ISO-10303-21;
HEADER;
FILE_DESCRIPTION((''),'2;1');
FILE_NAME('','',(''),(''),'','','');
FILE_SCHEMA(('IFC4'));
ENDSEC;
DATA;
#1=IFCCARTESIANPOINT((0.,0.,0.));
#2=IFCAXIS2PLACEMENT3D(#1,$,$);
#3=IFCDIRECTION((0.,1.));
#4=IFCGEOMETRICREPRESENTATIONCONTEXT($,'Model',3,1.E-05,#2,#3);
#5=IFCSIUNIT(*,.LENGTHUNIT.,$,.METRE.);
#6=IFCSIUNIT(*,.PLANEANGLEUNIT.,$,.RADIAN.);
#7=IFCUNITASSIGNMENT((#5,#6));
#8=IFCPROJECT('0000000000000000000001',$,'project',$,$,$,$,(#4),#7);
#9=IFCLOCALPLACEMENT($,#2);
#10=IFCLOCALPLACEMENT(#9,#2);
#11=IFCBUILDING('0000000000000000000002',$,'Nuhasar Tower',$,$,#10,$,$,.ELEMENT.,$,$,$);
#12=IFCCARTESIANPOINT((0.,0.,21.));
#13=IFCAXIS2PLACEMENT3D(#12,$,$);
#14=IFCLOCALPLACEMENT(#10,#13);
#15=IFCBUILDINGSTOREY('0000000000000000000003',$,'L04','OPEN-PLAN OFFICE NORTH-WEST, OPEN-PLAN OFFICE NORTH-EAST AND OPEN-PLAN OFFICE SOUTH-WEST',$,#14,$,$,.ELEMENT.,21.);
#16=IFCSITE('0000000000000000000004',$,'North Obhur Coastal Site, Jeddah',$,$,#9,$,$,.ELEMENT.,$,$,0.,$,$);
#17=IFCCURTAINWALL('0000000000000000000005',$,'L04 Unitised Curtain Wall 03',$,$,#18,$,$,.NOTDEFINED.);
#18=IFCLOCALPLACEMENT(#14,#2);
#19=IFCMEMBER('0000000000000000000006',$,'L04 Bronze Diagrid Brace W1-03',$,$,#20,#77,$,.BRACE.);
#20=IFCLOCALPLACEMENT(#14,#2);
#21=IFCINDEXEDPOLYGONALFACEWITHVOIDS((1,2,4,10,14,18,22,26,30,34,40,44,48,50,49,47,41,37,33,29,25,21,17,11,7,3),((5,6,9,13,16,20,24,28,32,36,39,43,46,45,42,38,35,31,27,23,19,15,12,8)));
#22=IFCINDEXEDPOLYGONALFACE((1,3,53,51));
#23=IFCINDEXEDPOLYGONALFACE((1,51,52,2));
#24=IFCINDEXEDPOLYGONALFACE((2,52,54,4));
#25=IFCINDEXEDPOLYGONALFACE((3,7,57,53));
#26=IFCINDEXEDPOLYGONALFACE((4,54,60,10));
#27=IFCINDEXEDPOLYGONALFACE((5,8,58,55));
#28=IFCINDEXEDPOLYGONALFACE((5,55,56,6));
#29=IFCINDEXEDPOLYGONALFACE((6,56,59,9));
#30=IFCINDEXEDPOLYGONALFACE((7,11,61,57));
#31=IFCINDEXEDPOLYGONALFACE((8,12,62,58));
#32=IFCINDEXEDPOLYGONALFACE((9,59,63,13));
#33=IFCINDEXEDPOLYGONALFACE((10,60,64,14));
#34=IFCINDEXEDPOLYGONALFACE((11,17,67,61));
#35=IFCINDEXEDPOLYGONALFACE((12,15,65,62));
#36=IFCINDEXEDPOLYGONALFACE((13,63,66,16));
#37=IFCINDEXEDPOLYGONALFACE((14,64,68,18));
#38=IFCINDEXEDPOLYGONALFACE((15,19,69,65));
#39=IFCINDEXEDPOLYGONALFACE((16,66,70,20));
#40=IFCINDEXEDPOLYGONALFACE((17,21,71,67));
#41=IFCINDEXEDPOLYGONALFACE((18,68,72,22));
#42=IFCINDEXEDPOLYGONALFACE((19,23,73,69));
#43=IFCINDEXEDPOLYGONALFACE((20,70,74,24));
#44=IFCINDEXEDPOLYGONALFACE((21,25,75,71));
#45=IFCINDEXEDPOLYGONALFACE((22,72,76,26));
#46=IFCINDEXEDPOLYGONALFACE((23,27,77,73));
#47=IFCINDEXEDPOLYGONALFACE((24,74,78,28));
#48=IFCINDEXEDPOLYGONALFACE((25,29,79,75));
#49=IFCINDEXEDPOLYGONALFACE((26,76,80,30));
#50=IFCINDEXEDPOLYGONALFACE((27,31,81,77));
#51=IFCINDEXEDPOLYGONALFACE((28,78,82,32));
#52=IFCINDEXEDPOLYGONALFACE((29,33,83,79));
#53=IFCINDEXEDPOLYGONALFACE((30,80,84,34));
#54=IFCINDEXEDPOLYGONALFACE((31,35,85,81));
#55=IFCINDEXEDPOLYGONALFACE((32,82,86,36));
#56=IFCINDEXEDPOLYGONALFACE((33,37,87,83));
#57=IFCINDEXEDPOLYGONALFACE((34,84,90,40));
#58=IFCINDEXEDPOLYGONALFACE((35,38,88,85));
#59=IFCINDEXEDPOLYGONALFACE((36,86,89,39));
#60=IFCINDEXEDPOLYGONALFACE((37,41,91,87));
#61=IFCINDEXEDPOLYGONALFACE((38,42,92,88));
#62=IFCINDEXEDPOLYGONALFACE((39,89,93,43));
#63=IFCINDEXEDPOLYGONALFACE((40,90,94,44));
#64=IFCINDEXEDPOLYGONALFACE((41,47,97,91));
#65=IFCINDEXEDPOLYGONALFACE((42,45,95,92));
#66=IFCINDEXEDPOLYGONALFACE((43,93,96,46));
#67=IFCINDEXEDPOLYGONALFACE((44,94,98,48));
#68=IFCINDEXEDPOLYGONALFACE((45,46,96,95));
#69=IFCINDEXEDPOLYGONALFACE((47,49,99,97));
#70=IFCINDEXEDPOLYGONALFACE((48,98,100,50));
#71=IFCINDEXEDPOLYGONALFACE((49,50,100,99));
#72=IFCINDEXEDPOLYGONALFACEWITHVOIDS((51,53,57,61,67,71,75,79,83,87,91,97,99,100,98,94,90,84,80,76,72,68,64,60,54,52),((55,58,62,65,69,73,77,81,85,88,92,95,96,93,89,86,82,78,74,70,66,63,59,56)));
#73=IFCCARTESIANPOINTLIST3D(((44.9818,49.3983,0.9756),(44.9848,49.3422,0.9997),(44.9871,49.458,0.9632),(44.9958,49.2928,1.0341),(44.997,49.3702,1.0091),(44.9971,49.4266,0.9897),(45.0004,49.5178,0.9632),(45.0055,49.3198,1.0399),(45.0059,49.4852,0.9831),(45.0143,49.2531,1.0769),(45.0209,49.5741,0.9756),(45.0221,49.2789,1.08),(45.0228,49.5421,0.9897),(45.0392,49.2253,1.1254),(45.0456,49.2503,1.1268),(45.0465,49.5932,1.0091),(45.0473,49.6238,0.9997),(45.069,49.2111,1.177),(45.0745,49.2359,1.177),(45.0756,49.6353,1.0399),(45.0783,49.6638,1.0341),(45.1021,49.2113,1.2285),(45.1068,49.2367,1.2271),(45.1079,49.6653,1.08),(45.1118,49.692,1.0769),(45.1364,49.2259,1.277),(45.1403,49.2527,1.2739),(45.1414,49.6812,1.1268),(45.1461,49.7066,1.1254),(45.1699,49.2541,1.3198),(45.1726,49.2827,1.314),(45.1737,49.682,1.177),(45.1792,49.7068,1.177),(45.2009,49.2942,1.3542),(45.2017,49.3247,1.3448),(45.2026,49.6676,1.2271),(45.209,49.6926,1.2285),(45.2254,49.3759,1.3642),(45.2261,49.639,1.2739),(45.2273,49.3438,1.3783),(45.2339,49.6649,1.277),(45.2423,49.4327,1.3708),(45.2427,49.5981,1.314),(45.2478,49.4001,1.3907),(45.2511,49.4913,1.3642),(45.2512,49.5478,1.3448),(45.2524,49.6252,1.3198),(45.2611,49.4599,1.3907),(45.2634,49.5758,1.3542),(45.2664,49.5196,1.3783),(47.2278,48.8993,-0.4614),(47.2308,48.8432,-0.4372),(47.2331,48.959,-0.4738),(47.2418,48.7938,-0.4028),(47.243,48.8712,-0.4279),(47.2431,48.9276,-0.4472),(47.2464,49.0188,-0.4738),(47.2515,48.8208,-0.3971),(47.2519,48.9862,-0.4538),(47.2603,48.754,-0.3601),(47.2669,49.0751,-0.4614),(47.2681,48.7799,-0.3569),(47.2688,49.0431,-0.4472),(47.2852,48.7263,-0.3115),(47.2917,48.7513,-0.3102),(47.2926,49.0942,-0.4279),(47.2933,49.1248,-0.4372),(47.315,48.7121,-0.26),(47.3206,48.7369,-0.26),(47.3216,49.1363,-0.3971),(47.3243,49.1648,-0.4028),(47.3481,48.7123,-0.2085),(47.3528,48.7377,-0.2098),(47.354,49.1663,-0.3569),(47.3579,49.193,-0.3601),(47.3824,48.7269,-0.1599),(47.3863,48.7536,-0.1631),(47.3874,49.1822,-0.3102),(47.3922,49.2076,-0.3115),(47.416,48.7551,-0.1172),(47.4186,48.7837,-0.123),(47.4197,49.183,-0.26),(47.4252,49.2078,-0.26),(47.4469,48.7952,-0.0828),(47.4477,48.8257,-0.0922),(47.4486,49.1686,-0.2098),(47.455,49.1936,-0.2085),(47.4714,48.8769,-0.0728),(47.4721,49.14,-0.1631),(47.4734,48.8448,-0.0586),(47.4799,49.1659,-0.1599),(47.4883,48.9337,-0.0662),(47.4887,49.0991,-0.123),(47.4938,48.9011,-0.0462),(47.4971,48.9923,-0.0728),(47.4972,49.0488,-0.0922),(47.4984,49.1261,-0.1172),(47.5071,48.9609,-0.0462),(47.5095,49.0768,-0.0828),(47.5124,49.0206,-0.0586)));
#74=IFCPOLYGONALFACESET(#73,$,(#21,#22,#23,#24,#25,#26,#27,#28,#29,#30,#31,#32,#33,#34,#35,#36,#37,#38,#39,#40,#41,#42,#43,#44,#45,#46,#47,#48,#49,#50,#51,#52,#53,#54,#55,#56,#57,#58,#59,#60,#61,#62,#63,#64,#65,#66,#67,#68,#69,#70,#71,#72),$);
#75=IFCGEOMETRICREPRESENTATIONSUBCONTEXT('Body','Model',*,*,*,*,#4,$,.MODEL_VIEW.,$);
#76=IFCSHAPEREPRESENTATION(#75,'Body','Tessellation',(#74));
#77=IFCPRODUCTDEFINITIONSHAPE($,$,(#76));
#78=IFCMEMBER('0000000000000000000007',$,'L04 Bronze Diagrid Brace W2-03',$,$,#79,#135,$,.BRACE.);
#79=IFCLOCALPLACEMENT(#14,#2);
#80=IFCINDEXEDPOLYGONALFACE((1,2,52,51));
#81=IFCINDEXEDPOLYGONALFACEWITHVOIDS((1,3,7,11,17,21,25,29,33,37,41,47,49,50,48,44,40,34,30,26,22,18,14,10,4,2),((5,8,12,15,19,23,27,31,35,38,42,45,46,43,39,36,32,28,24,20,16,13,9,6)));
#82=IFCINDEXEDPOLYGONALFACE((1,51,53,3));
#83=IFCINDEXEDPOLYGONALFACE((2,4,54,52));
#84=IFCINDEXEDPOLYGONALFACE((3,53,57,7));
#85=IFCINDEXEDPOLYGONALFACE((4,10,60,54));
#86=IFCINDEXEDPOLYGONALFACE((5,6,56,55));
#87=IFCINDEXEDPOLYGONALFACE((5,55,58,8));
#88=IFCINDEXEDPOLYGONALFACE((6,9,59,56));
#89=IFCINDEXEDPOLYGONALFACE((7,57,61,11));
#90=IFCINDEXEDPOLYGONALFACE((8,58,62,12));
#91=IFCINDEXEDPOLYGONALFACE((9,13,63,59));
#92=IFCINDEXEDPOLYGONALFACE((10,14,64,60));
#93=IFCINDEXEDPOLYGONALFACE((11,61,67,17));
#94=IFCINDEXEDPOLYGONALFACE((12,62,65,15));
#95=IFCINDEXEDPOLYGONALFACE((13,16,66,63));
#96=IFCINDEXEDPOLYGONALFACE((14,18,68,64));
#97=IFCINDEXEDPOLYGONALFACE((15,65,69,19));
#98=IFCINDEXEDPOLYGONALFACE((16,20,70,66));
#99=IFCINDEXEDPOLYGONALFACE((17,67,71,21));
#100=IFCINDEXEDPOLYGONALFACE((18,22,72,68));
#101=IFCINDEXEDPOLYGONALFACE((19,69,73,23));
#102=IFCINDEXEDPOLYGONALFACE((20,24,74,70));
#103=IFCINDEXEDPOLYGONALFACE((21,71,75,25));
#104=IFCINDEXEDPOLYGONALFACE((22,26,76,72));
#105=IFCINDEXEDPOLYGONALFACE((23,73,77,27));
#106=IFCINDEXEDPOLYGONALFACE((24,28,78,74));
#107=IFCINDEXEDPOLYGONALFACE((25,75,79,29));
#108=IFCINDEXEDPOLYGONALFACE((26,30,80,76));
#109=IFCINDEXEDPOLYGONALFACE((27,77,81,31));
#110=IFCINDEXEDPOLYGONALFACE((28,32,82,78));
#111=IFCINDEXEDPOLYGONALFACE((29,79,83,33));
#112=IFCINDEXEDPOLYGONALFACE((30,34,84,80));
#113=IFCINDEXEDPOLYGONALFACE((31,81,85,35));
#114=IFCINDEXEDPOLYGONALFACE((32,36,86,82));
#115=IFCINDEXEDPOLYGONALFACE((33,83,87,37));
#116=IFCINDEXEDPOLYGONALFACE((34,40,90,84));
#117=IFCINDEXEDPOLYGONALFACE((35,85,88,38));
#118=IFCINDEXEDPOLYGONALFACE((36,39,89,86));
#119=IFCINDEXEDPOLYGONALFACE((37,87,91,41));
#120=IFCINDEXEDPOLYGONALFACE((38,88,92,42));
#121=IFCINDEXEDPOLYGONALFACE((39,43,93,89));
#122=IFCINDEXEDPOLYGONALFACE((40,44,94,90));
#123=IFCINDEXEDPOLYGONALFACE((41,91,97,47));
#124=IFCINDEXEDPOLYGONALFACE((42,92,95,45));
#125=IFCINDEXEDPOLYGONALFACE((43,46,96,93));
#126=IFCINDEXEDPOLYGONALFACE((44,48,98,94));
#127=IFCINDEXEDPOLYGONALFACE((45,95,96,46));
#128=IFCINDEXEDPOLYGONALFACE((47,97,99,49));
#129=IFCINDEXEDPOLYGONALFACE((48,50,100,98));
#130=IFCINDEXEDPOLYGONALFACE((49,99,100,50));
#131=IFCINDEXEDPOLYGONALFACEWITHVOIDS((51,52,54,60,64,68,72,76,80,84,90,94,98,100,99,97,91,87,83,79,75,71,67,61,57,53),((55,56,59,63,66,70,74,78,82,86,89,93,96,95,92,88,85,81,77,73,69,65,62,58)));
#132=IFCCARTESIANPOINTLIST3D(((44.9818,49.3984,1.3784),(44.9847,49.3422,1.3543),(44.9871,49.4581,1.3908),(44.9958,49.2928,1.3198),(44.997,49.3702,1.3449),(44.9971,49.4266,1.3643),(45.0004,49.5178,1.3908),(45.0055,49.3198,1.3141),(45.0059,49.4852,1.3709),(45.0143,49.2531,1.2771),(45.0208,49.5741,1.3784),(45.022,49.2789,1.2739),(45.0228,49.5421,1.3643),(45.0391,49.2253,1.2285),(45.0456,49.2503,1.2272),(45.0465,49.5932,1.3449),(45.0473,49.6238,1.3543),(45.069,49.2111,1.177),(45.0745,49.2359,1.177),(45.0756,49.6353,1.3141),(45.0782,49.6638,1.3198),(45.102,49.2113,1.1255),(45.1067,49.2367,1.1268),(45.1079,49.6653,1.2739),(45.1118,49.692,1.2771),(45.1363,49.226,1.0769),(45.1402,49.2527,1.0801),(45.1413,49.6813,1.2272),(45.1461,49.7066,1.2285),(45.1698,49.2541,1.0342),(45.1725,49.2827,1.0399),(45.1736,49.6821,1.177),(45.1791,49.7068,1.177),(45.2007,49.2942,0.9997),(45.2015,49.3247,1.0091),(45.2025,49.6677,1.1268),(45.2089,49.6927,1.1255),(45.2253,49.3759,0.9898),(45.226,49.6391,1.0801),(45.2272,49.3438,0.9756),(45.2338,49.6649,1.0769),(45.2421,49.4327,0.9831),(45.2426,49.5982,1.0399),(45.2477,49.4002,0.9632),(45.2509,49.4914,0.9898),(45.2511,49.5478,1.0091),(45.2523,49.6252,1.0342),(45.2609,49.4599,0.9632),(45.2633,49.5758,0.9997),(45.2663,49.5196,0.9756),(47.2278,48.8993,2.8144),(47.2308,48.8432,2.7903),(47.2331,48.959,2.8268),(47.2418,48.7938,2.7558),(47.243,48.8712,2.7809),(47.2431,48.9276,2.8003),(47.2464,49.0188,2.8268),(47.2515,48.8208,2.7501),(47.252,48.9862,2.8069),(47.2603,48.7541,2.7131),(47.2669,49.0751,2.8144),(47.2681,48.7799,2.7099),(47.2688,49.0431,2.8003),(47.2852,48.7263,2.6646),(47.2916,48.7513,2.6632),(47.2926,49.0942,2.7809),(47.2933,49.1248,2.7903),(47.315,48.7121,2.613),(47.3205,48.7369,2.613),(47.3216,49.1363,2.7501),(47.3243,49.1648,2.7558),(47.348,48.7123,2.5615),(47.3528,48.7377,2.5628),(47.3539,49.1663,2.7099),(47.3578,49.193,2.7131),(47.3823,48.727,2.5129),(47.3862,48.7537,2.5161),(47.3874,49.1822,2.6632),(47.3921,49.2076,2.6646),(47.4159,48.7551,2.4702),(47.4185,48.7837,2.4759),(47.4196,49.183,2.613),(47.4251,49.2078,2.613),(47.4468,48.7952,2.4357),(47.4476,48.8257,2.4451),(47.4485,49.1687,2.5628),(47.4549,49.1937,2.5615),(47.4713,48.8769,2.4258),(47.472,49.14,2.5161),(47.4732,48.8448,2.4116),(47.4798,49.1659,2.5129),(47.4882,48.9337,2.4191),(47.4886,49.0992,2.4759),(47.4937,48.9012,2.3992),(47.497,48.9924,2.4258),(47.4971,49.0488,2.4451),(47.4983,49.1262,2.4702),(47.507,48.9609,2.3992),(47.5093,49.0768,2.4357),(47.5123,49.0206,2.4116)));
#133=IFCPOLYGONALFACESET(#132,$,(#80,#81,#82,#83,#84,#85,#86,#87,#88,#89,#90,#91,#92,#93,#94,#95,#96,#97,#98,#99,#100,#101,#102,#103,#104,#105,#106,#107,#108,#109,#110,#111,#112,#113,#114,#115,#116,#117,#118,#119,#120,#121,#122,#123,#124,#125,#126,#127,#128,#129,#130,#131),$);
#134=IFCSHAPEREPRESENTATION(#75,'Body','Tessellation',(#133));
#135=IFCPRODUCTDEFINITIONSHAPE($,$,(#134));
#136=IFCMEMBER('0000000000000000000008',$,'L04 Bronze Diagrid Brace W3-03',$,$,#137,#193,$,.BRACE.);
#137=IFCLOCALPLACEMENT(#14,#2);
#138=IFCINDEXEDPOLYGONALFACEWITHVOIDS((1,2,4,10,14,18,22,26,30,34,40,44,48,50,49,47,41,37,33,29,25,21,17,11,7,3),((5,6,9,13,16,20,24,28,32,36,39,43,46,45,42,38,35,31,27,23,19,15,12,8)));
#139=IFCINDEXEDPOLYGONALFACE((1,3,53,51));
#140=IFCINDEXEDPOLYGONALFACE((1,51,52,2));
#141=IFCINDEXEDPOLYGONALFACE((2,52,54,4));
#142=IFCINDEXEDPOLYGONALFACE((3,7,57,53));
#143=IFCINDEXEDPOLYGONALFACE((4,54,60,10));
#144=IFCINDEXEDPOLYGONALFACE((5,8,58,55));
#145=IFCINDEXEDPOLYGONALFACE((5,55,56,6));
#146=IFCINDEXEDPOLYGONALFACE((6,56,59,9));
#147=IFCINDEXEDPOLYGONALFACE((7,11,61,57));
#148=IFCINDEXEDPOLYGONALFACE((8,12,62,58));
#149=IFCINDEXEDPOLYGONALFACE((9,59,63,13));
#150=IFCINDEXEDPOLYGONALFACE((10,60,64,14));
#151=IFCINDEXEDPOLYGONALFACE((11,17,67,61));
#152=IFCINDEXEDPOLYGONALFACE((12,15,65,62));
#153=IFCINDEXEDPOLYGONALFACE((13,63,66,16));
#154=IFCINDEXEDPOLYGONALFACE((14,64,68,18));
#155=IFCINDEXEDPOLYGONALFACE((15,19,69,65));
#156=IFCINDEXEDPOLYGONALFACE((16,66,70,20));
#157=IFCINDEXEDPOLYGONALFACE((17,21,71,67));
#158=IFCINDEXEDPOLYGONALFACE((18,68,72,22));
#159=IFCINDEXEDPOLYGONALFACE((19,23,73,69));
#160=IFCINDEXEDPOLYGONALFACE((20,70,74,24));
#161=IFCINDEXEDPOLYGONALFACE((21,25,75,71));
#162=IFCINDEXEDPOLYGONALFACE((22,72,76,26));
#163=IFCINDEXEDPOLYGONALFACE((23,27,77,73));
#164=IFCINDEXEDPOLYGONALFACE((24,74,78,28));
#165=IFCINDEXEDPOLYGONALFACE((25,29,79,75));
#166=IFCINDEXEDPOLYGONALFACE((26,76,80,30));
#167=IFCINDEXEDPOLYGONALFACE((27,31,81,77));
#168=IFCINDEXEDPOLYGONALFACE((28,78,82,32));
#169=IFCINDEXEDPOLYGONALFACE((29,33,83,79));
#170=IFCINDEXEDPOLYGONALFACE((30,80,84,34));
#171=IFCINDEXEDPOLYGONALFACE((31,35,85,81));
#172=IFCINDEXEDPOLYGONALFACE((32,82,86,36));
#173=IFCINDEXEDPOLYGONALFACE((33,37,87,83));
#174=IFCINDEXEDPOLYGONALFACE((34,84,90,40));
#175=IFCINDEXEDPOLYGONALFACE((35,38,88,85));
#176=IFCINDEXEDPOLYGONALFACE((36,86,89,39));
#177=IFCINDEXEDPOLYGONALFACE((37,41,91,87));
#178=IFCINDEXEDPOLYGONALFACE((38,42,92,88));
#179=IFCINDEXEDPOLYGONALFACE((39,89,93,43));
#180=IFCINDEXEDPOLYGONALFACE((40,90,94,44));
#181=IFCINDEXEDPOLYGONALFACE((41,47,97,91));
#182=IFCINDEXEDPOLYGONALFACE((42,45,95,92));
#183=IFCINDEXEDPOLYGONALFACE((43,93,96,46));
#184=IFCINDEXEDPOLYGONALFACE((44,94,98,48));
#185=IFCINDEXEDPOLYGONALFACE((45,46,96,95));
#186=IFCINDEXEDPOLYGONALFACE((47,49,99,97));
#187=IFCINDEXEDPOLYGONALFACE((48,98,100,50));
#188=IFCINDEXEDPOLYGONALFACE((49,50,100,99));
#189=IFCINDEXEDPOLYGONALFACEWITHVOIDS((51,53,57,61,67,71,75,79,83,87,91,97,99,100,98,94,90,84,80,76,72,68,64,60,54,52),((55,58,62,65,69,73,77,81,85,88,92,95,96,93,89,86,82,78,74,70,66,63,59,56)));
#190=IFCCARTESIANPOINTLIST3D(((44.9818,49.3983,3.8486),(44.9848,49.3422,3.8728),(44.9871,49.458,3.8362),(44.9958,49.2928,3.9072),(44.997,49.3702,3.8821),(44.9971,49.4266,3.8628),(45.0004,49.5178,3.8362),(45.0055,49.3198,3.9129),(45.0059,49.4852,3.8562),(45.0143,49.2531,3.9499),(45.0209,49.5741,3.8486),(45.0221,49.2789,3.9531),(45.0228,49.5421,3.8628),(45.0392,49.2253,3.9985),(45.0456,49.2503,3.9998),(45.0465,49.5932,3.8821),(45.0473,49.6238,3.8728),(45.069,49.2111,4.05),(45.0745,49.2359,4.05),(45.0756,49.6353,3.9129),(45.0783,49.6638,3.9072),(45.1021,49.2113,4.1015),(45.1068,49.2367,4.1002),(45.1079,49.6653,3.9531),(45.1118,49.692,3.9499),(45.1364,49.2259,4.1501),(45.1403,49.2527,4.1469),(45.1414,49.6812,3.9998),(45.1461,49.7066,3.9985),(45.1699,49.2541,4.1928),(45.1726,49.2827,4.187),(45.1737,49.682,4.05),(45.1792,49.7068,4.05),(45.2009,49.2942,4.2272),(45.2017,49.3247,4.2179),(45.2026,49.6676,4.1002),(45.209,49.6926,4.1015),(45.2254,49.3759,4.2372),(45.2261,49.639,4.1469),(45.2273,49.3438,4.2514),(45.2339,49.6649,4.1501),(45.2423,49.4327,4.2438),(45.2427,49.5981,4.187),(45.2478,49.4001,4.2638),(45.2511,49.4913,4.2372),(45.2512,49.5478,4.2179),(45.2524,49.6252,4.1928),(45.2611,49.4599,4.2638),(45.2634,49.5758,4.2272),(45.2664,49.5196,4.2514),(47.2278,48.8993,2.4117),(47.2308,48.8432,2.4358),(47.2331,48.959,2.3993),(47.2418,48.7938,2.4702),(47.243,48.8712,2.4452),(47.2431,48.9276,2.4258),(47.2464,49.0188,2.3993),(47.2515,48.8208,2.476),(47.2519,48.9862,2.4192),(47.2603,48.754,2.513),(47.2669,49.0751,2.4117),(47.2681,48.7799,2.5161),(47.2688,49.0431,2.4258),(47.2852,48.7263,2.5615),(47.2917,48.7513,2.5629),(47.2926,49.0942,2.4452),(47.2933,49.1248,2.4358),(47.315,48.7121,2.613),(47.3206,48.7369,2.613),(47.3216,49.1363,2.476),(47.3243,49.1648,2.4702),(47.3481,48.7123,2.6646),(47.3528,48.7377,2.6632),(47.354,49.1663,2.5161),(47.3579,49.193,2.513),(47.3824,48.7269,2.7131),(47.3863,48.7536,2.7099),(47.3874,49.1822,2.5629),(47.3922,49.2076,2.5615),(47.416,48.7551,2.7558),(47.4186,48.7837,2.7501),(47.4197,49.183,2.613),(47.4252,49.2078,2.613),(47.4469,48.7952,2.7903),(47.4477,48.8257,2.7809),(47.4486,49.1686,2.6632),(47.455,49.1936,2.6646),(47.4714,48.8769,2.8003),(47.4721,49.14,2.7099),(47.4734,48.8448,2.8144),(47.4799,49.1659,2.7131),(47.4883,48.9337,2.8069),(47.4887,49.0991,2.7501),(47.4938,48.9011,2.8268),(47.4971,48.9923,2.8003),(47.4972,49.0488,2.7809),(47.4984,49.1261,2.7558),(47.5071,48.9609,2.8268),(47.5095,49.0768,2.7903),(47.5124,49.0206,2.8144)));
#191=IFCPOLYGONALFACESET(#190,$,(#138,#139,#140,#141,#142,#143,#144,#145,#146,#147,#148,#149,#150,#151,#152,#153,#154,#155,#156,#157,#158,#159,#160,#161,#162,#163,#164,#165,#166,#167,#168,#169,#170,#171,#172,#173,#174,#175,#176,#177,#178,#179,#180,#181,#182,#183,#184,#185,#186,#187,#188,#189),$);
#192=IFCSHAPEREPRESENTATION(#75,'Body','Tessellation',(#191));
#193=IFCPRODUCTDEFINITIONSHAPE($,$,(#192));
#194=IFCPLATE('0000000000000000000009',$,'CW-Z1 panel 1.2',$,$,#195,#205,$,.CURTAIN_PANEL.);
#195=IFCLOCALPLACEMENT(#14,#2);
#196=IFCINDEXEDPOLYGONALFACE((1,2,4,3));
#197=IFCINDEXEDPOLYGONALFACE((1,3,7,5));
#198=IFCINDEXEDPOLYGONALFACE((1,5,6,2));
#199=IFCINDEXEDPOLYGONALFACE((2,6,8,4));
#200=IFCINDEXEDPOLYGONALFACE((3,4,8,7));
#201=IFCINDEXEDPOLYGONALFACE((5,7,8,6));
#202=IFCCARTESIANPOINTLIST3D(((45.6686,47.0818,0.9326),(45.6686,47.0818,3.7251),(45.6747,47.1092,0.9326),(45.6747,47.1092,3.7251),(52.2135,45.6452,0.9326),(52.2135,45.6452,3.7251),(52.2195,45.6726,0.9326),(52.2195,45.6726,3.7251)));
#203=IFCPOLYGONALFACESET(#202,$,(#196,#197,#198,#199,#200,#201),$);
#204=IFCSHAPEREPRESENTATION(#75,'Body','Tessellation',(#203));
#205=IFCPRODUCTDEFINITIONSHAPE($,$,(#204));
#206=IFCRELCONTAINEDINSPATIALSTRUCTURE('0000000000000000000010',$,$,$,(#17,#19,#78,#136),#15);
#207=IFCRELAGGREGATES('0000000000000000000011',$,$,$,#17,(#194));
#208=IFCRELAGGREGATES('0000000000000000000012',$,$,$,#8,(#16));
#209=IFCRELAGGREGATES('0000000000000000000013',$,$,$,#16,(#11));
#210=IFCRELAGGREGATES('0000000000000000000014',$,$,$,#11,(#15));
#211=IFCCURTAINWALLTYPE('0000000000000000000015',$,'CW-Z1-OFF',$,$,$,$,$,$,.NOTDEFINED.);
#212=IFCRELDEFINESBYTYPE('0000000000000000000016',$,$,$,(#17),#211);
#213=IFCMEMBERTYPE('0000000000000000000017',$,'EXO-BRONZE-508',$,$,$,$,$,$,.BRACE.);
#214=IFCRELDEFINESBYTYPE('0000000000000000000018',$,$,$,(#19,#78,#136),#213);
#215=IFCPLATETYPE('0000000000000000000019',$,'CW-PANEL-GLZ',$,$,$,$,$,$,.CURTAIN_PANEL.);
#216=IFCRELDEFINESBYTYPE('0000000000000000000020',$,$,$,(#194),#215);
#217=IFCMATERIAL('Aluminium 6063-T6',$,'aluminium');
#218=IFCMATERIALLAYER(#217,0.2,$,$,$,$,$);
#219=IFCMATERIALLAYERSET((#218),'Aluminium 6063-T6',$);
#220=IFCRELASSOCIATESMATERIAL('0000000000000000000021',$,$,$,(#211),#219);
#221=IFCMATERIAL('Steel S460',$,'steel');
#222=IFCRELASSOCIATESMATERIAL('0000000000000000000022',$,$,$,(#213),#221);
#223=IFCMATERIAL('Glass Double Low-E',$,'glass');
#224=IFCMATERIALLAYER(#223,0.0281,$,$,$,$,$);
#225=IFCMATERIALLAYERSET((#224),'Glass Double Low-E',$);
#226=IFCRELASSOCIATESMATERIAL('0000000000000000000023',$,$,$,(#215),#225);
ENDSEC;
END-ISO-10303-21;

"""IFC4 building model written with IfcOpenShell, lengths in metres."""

from ifc_helpers import new_model, si_unit, direction, frame, origin, origin_2d, place, context, subcontext, project, spatial, rectangle, hollow_circle, extrude, material, layer, layer_set, material_profile, profile_set, type_object, element, aggregate, save


model = new_model("IFC4")

# Units and contexts
model_context = context("Model", 3, precision=1e-05, world=origin(), true_north=direction((0.0, 1.0)))
body_context = subcontext(model_context, "Body", "Model", "MODEL_VIEW")
ifc_project = project(units=[si_unit("LENGTHUNIT", "METRE"), si_unit("PLANEANGLEUNIT", "RADIAN")], contexts=[model_context])

# Site, building, storey
site_placement = place(None, origin())
site = spatial("IfcSite", under=ifc_project, at=site_placement, Name="North Obhur Coastal Site, Jeddah", CompositionType="ELEMENT", RefElevation=0.0)
building_placement = place(site_placement, origin())
building = spatial("IfcBuilding", under=site, at=building_placement, Name="Nuhasar Tower", CompositionType="ELEMENT")
storey_placement = place(building_placement, frame((0.0, 0.0, 21.0)))
storey = spatial("IfcBuildingStorey", under=building, at=storey_placement, Name="L04", Description="OPEN-PLAN OFFICE NORTH-WEST, OPEN-PLAN OFFICE NORTH-EAST AND OPEN-PLAN OFFICE SOUTH-WEST", CompositionType="ELEMENT", Elevation=21.0)

# Shared definitions
ifc_material_1 = material(Name="Steel S460", Category="steel")

# Curtain wall
ifc_material_2 = material(Name="Aluminium 6063-T6", Category="aluminium")
ifc_layer_1 = layer(ifc_material_2, 0.2)
ifc_layer_set_1 = layer_set([ifc_layer_1], Name="Aluminium 6063-T6")
curtain_wall_type = type_object("IfcCurtainWallType", Name="CW-Z1-OFF", PredefinedType="NOTDEFINED", material=ifc_layer_set_1)
curtain_wall_placement = place(storey_placement, origin())
curtain_wall = element("IfcCurtainWall", 1, at=curtain_wall_placement, inside=storey, type_object=curtain_wall_type, Name="L04 Unitised Curtain Wall 03", PredefinedType="NOTDEFINED")

# Members
ifc_material_profile_1 = material_profile(ifc_material_1, hollow_circle(Radius=0.2539, WallThickness=0.0254, at=origin_2d()), Name="HSS508X25.4")
ifc_profile_set_1 = profile_set([ifc_material_profile_1], Name="Steel S460")
member_type_1 = type_object("IfcMemberType", Name="EXO-BRONZE-508", PredefinedType="BRACE", material=ifc_profile_set_1)
member_1_placement = place(storey_placement, frame((47.3701, 48.96, -0.26), z_axis=(-0.827979, 0.183955, 0.529727), x_axis=(-0.216886, -0.976197, 0.0)))
element("IfcMember", 2, at=member_1_placement, inside=storey, type_object=member_type_1, Name="L04 Bronze Diagrid Brace W1-03", PredefinedType="BRACE", context=body_context, shape_type="SweptSolid", body=[
    extrude(hollow_circle(Radius=0.2539, WallThickness=0.0254, at=origin_2d()), origin(), (0.0, 0.0, 1.0), 2.7126),
])
member_2_placement = place(storey_placement, frame((45.124, 49.459, 1.177), z_axis=(0.828137, -0.183991, 0.529468), x_axis=(0.216886, 0.976197, 0.0)))
element("IfcMember", 3, at=member_2_placement, inside=storey, type_object=member_type_1, Name="L04 Bronze Diagrid Brace W2-03", PredefinedType="BRACE", context=body_context, shape_type="SweptSolid", body=[
    extrude(hollow_circle(Radius=0.2539, WallThickness=0.0254, at=origin_2d()), origin(), (0.0, 0.0, 1.0), 2.7122),
])
member_3_placement = place(storey_placement, frame((47.3701, 48.96, 2.613), z_axis=(-0.827979, 0.183955, 0.529727), x_axis=(-0.216886, -0.976197, 0.0)))
element("IfcMember", 4, at=member_3_placement, inside=storey, type_object=member_type_1, Name="L04 Bronze Diagrid Brace W3-03", PredefinedType="BRACE", context=body_context, shape_type="SweptSolid", body=[
    extrude(hollow_circle(Radius=0.2539, WallThickness=0.0254, at=origin_2d()), origin(), (0.0, 0.0, 1.0), 2.7126),
])

# Plate
ifc_material_3 = material(Name="Glass Double Low-E", Category="glass")
ifc_layer_2 = layer(ifc_material_3, 0.0281)
ifc_layer_set_2 = layer_set([ifc_layer_2], Name="Glass Double Low-E")
plate_type_1 = type_object("IfcPlateType", Name="CW-PANEL-GLZ", PredefinedType="CURTAIN_PANEL", material=ifc_layer_set_2)
plate_1_placement = place(storey_placement, frame((48.9441, 46.3772, 0.9326), z_axis=(0.0, 0.0, 1.0), x_axis=(-0.976746, 0.214399, 0.0)))
plate_1 = element("IfcPlate", 5, at=plate_1_placement, type_object=plate_type_1, Name="CW-Z1 panel 1.2", PredefinedType="CURTAIN_PANEL", context=body_context, shape_type="SweptSolid", body=[
    extrude(rectangle(XDim=6.7007, YDim=0.0281, at=origin_2d()), origin(), (0.0, 0.0, 1.0), 2.7925),
])
aggregate(curtain_wall, [plate_1])

save(model, "model.ifc")
